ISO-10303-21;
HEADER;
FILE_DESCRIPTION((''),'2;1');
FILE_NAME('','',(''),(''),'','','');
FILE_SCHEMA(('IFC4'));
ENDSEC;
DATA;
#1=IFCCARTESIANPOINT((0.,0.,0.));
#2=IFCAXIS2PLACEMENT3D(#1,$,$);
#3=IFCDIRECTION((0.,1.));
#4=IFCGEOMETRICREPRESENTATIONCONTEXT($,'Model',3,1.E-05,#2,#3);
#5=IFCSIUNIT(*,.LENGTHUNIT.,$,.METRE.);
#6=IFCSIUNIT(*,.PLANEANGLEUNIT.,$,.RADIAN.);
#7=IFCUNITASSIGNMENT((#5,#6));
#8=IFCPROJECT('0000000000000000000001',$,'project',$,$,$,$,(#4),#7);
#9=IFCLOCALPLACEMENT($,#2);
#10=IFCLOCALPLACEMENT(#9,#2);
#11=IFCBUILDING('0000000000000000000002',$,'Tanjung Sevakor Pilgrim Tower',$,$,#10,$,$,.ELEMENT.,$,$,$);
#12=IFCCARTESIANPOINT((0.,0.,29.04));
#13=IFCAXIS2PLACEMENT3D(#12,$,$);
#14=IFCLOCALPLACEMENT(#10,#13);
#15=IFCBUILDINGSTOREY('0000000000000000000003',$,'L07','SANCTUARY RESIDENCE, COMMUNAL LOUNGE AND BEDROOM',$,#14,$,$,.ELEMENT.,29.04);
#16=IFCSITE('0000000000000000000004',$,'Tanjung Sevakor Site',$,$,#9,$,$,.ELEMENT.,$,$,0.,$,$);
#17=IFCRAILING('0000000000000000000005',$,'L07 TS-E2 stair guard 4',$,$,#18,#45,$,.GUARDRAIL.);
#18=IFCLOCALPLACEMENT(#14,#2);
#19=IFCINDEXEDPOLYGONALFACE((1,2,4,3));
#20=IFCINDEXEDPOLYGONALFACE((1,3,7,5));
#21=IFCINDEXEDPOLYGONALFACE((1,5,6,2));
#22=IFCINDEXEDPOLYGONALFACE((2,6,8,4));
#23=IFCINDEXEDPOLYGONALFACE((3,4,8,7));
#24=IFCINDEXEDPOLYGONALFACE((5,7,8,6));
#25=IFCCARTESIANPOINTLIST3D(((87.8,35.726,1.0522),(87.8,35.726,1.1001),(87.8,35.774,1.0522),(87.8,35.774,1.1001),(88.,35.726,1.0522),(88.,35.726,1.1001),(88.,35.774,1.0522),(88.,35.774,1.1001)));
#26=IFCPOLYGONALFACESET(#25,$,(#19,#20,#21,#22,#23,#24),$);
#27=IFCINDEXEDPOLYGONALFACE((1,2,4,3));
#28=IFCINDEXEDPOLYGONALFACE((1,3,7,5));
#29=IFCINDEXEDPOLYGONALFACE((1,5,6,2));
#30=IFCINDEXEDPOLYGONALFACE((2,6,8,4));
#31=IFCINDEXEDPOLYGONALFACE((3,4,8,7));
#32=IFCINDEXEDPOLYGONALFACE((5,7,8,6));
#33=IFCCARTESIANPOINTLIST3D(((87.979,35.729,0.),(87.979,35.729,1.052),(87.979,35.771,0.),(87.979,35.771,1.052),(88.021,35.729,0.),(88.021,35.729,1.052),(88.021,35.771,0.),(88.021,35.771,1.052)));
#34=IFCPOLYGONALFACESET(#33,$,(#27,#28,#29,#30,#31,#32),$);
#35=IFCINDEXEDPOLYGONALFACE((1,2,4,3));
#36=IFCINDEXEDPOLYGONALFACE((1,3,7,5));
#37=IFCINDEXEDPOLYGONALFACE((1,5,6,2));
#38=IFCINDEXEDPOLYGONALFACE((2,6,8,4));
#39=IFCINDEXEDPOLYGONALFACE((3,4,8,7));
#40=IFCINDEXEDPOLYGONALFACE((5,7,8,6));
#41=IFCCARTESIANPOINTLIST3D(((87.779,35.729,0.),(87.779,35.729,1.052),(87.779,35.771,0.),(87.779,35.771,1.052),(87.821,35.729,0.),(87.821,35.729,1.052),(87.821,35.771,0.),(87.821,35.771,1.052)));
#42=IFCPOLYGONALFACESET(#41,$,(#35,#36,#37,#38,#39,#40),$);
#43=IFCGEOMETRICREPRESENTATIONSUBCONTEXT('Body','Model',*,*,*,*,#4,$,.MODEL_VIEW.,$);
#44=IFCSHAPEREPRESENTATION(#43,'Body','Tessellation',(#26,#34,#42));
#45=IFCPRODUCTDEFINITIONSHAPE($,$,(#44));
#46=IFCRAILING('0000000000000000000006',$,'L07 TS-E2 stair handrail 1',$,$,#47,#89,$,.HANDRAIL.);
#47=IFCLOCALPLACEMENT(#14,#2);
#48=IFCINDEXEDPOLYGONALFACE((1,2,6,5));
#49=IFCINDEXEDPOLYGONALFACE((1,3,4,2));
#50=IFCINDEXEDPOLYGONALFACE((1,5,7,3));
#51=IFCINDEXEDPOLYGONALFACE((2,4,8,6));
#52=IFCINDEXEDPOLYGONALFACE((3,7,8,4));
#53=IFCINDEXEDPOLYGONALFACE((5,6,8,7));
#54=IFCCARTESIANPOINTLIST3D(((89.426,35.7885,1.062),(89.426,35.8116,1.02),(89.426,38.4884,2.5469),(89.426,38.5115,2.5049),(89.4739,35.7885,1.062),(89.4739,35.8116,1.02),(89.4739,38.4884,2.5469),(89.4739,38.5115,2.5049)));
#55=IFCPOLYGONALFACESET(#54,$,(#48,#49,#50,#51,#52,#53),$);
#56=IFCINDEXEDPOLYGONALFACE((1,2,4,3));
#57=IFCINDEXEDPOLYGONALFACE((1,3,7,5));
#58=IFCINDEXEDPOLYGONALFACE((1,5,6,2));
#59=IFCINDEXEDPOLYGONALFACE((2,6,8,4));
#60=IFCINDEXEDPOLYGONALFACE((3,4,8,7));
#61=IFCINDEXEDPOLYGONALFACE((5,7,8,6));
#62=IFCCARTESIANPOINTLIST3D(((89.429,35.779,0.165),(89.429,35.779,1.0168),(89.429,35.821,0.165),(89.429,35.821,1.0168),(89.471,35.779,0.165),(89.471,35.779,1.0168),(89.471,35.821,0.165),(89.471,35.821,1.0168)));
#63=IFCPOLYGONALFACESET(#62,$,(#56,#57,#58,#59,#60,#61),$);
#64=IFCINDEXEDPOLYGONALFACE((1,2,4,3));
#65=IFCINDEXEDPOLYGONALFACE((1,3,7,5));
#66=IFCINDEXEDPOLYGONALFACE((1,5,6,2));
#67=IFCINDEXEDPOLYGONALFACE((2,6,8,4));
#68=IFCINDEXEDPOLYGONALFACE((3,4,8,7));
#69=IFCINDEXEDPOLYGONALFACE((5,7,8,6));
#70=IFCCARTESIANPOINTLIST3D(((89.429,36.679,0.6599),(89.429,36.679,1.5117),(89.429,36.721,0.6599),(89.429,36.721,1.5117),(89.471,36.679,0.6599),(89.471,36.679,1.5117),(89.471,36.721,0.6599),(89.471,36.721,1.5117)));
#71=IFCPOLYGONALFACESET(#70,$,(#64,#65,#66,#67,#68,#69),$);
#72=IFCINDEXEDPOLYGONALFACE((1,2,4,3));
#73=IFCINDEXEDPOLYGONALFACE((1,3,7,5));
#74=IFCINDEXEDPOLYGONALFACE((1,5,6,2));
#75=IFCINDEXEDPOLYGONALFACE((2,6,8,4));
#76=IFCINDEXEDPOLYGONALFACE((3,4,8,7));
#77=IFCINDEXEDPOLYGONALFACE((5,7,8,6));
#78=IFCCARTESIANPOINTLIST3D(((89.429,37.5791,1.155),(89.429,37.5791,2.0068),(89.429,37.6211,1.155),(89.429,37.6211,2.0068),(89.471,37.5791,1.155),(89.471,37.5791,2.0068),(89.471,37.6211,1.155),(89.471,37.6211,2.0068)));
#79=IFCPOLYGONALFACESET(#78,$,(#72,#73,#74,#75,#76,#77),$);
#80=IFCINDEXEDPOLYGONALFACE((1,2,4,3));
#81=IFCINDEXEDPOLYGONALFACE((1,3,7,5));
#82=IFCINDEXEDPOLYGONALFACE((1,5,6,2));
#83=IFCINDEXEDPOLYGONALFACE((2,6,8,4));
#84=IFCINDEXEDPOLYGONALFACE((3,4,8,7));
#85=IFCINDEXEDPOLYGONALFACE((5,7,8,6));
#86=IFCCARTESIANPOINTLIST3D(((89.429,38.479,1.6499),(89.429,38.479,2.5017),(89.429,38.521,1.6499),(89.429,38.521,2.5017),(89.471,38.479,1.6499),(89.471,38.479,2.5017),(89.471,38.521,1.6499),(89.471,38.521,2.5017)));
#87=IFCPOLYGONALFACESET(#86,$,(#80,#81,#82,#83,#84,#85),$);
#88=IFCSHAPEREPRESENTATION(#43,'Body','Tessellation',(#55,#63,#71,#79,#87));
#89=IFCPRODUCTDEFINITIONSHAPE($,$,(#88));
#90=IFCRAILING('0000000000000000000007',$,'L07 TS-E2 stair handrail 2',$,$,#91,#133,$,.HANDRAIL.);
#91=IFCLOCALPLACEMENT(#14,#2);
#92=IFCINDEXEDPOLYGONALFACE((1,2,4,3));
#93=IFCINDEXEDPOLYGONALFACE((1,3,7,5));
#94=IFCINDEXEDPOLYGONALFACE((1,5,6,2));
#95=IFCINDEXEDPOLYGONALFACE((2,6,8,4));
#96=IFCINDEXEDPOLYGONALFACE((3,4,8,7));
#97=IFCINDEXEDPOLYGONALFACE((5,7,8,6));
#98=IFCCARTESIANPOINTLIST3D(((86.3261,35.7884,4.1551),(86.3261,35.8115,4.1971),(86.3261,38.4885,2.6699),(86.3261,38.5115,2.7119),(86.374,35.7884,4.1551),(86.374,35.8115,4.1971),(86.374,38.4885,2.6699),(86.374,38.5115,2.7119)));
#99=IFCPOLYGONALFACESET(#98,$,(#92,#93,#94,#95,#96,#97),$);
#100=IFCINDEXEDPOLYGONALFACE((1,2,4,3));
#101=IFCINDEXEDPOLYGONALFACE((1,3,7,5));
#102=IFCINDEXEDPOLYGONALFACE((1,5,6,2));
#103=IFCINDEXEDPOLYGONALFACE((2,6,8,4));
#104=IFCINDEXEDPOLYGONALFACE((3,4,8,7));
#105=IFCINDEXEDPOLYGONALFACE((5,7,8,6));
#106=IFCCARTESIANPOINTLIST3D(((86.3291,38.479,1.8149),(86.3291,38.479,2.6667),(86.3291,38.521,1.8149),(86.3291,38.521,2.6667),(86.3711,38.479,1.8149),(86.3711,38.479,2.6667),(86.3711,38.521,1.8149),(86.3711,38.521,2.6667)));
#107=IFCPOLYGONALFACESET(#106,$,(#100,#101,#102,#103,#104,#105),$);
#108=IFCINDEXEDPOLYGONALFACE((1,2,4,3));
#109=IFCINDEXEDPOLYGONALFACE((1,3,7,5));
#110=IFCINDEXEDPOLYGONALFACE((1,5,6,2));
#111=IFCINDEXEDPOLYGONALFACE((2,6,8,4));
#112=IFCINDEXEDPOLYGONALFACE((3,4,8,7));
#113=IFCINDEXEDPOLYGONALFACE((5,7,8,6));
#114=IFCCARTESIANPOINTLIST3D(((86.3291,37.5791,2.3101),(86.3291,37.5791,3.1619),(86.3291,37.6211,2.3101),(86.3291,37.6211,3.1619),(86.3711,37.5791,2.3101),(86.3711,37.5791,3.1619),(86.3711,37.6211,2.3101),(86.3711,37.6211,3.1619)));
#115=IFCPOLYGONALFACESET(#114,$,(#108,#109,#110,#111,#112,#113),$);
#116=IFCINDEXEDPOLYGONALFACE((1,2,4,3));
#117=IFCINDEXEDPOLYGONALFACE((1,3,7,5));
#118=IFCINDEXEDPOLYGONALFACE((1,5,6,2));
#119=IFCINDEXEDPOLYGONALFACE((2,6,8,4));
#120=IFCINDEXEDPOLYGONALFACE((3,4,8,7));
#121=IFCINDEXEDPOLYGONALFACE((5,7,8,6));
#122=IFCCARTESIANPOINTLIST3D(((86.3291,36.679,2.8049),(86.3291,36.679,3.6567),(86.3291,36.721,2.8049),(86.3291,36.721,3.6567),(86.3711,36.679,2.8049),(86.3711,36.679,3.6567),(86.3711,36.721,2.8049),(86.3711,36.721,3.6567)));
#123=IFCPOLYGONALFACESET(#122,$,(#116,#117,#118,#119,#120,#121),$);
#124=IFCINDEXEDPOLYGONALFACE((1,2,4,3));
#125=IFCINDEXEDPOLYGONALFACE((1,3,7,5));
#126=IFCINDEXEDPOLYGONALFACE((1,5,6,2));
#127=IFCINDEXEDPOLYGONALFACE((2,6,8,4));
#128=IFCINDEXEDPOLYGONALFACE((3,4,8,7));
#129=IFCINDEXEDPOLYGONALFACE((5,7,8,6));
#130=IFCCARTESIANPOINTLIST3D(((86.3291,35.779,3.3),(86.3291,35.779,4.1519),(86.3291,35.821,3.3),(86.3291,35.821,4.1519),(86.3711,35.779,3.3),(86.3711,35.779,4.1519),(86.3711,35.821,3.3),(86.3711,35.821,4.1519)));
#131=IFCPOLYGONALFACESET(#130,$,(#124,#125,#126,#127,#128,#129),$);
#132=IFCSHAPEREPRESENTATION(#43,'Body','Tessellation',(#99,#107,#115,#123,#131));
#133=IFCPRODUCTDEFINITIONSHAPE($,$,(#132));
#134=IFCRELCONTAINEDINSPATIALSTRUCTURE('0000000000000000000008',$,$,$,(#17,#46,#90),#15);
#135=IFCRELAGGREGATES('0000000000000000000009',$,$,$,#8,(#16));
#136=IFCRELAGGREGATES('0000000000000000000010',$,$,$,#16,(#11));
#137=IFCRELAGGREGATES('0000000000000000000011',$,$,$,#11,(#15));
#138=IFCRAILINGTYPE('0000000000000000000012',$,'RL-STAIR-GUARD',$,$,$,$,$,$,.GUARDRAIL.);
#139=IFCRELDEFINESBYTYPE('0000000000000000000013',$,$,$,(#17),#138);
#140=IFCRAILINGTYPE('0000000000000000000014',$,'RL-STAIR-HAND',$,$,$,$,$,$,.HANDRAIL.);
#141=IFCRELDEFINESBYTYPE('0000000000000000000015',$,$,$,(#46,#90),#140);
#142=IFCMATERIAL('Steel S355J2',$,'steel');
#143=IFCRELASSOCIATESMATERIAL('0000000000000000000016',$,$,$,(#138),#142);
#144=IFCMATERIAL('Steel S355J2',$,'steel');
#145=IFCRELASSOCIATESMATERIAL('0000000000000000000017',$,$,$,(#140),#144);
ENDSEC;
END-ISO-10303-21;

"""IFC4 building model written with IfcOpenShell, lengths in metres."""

from ifc_helpers import new_model, si_unit, direction, frame, origin, place, context, subcontext, project, spatial, rectangle, extrude, material, type_object, element, save


model = new_model("IFC4")

# Units and contexts
model_context = context("Model", 3, precision=1e-05, world=origin(), true_north=direction((0.0, 1.0)))
body_context = subcontext(model_context, "Body", "Model", "MODEL_VIEW")
ifc_project = project(units=[si_unit("LENGTHUNIT", "METRE"), si_unit("PLANEANGLEUNIT", "RADIAN")], contexts=[model_context])

# Site, building, storey
site_placement = place(None, origin())
site = spatial("IfcSite", under=ifc_project, at=site_placement, Name="Tanjung Sevakor Site", CompositionType="ELEMENT", RefElevation=0.0)
building_placement = place(site_placement, origin())
building = spatial("IfcBuilding", under=site, at=building_placement, Name="Tanjung Sevakor Pilgrim Tower", CompositionType="ELEMENT")
storey_placement = place(building_placement, frame((0.0, 0.0, 29.04)))
storey = spatial("IfcBuildingStorey", under=building, at=storey_placement, Name="L07", Description="SANCTUARY RESIDENCE, COMMUNAL LOUNGE AND BEDROOM", CompositionType="ELEMENT", Elevation=29.04)

# Railings
ifc_material_1 = material(Name="Steel S355J2", Category="steel")
railing_type_1 = type_object("IfcRailingType", Name="RL-STAIR-GUARD", PredefinedType="GUARDRAIL", material=ifc_material_1)
railing_1_placement = place(storey_placement, frame((88.0, 35.75, 0.0)))
element("IfcRailing", 1, at=railing_1_placement, inside=storey, type_object=railing_type_1, Name="L07 TS-E2 stair guard 4", PredefinedType="GUARDRAIL", context=body_context, shape_type="SweptSolid", body=[
    extrude(rectangle(XDim=0.0479, YDim=0.0479), frame((0.0, 0.0, 1.0762), z_axis=(-1.0, 0.0, 0.0), x_axis=(0.0, -1.0, 0.0)), (0.0, 0.0, 1.0), 0.2),
    extrude(rectangle(XDim=0.042, YDim=0.042), origin(), (0.0, 0.0, 1.0), 1.052),
    extrude(rectangle(XDim=0.042, YDim=0.042), frame((-0.2, 0.0, 0.0)), (0.0, 0.0, 1.0), 1.052),
])
ifc_material_2 = material(Name="Steel S355J2", Category="steel")
railing_type_2 = type_object("IfcRailingType", Name="RL-STAIR-HAND", PredefinedType="HANDRAIL", material=ifc_material_2)
railing_2_placement = place(storey_placement, frame((89.45, 35.8, 0.165)))
element("IfcRailing", 2, at=railing_2_placement, inside=storey, type_object=railing_type_2, Name="L07 TS-E2 stair handrail 1", PredefinedType="HANDRAIL", context=body_context, shape_type="SweptSolid", body=[
    extrude(rectangle(XDim=0.0479, YDim=0.0479), frame((0.0, 0.0, 0.876), z_axis=(0.0, 0.876231, 0.481891), x_axis=(-1.0, 0.0, 0.0)), (0.0, 0.0, 1.0), 3.0813),
    extrude(rectangle(XDim=0.042, YDim=0.042), origin(), (0.0, 0.0, 1.0), 0.8518),
    extrude(rectangle(XDim=0.042, YDim=0.042), frame((0.0, 0.8999, 0.4949)), (0.0, 0.0, 1.0), 0.8518),
    extrude(rectangle(XDim=0.042, YDim=0.042), frame((0.0, 1.8, 0.99)), (0.0, 0.0, 1.0), 0.8518),
    extrude(rectangle(XDim=0.042, YDim=0.042), frame((0.0, 2.7, 1.4849)), (0.0, 0.0, 1.0), 0.8518),
])
railing_3_placement = place(storey_placement, frame((86.3501, 38.5, 1.8149)))
element("IfcRailing", 3, at=railing_3_placement, inside=storey, type_object=railing_type_2, Name="L07 TS-E2 stair handrail 2", PredefinedType="HANDRAIL", context=body_context, shape_type="SweptSolid", body=[
    extrude(rectangle(XDim=0.0479, YDim=0.0479), frame((0.0, 0.0, 0.876), z_axis=(0.0, -0.876198, 0.481952), x_axis=(1.0, 0.0, 0.0)), (0.0, 0.0, 1.0), 3.0815),
    extrude(rectangle(XDim=0.042, YDim=0.042), origin(), (0.0, 0.0, 1.0), 0.8518),
    extrude(rectangle(XDim=0.042, YDim=0.042), frame((0.0, -0.8999, 0.4951)), (0.0, 0.0, 1.0), 0.8518),
    extrude(rectangle(XDim=0.042, YDim=0.042), frame((0.0, -1.8, 0.99)), (0.0, 0.0, 1.0), 0.8518),
    extrude(rectangle(XDim=0.042, YDim=0.042), frame((0.0, -2.7, 1.4851)), (0.0, 0.0, 1.0), 0.8518),
])

save(model, "model.ifc")
